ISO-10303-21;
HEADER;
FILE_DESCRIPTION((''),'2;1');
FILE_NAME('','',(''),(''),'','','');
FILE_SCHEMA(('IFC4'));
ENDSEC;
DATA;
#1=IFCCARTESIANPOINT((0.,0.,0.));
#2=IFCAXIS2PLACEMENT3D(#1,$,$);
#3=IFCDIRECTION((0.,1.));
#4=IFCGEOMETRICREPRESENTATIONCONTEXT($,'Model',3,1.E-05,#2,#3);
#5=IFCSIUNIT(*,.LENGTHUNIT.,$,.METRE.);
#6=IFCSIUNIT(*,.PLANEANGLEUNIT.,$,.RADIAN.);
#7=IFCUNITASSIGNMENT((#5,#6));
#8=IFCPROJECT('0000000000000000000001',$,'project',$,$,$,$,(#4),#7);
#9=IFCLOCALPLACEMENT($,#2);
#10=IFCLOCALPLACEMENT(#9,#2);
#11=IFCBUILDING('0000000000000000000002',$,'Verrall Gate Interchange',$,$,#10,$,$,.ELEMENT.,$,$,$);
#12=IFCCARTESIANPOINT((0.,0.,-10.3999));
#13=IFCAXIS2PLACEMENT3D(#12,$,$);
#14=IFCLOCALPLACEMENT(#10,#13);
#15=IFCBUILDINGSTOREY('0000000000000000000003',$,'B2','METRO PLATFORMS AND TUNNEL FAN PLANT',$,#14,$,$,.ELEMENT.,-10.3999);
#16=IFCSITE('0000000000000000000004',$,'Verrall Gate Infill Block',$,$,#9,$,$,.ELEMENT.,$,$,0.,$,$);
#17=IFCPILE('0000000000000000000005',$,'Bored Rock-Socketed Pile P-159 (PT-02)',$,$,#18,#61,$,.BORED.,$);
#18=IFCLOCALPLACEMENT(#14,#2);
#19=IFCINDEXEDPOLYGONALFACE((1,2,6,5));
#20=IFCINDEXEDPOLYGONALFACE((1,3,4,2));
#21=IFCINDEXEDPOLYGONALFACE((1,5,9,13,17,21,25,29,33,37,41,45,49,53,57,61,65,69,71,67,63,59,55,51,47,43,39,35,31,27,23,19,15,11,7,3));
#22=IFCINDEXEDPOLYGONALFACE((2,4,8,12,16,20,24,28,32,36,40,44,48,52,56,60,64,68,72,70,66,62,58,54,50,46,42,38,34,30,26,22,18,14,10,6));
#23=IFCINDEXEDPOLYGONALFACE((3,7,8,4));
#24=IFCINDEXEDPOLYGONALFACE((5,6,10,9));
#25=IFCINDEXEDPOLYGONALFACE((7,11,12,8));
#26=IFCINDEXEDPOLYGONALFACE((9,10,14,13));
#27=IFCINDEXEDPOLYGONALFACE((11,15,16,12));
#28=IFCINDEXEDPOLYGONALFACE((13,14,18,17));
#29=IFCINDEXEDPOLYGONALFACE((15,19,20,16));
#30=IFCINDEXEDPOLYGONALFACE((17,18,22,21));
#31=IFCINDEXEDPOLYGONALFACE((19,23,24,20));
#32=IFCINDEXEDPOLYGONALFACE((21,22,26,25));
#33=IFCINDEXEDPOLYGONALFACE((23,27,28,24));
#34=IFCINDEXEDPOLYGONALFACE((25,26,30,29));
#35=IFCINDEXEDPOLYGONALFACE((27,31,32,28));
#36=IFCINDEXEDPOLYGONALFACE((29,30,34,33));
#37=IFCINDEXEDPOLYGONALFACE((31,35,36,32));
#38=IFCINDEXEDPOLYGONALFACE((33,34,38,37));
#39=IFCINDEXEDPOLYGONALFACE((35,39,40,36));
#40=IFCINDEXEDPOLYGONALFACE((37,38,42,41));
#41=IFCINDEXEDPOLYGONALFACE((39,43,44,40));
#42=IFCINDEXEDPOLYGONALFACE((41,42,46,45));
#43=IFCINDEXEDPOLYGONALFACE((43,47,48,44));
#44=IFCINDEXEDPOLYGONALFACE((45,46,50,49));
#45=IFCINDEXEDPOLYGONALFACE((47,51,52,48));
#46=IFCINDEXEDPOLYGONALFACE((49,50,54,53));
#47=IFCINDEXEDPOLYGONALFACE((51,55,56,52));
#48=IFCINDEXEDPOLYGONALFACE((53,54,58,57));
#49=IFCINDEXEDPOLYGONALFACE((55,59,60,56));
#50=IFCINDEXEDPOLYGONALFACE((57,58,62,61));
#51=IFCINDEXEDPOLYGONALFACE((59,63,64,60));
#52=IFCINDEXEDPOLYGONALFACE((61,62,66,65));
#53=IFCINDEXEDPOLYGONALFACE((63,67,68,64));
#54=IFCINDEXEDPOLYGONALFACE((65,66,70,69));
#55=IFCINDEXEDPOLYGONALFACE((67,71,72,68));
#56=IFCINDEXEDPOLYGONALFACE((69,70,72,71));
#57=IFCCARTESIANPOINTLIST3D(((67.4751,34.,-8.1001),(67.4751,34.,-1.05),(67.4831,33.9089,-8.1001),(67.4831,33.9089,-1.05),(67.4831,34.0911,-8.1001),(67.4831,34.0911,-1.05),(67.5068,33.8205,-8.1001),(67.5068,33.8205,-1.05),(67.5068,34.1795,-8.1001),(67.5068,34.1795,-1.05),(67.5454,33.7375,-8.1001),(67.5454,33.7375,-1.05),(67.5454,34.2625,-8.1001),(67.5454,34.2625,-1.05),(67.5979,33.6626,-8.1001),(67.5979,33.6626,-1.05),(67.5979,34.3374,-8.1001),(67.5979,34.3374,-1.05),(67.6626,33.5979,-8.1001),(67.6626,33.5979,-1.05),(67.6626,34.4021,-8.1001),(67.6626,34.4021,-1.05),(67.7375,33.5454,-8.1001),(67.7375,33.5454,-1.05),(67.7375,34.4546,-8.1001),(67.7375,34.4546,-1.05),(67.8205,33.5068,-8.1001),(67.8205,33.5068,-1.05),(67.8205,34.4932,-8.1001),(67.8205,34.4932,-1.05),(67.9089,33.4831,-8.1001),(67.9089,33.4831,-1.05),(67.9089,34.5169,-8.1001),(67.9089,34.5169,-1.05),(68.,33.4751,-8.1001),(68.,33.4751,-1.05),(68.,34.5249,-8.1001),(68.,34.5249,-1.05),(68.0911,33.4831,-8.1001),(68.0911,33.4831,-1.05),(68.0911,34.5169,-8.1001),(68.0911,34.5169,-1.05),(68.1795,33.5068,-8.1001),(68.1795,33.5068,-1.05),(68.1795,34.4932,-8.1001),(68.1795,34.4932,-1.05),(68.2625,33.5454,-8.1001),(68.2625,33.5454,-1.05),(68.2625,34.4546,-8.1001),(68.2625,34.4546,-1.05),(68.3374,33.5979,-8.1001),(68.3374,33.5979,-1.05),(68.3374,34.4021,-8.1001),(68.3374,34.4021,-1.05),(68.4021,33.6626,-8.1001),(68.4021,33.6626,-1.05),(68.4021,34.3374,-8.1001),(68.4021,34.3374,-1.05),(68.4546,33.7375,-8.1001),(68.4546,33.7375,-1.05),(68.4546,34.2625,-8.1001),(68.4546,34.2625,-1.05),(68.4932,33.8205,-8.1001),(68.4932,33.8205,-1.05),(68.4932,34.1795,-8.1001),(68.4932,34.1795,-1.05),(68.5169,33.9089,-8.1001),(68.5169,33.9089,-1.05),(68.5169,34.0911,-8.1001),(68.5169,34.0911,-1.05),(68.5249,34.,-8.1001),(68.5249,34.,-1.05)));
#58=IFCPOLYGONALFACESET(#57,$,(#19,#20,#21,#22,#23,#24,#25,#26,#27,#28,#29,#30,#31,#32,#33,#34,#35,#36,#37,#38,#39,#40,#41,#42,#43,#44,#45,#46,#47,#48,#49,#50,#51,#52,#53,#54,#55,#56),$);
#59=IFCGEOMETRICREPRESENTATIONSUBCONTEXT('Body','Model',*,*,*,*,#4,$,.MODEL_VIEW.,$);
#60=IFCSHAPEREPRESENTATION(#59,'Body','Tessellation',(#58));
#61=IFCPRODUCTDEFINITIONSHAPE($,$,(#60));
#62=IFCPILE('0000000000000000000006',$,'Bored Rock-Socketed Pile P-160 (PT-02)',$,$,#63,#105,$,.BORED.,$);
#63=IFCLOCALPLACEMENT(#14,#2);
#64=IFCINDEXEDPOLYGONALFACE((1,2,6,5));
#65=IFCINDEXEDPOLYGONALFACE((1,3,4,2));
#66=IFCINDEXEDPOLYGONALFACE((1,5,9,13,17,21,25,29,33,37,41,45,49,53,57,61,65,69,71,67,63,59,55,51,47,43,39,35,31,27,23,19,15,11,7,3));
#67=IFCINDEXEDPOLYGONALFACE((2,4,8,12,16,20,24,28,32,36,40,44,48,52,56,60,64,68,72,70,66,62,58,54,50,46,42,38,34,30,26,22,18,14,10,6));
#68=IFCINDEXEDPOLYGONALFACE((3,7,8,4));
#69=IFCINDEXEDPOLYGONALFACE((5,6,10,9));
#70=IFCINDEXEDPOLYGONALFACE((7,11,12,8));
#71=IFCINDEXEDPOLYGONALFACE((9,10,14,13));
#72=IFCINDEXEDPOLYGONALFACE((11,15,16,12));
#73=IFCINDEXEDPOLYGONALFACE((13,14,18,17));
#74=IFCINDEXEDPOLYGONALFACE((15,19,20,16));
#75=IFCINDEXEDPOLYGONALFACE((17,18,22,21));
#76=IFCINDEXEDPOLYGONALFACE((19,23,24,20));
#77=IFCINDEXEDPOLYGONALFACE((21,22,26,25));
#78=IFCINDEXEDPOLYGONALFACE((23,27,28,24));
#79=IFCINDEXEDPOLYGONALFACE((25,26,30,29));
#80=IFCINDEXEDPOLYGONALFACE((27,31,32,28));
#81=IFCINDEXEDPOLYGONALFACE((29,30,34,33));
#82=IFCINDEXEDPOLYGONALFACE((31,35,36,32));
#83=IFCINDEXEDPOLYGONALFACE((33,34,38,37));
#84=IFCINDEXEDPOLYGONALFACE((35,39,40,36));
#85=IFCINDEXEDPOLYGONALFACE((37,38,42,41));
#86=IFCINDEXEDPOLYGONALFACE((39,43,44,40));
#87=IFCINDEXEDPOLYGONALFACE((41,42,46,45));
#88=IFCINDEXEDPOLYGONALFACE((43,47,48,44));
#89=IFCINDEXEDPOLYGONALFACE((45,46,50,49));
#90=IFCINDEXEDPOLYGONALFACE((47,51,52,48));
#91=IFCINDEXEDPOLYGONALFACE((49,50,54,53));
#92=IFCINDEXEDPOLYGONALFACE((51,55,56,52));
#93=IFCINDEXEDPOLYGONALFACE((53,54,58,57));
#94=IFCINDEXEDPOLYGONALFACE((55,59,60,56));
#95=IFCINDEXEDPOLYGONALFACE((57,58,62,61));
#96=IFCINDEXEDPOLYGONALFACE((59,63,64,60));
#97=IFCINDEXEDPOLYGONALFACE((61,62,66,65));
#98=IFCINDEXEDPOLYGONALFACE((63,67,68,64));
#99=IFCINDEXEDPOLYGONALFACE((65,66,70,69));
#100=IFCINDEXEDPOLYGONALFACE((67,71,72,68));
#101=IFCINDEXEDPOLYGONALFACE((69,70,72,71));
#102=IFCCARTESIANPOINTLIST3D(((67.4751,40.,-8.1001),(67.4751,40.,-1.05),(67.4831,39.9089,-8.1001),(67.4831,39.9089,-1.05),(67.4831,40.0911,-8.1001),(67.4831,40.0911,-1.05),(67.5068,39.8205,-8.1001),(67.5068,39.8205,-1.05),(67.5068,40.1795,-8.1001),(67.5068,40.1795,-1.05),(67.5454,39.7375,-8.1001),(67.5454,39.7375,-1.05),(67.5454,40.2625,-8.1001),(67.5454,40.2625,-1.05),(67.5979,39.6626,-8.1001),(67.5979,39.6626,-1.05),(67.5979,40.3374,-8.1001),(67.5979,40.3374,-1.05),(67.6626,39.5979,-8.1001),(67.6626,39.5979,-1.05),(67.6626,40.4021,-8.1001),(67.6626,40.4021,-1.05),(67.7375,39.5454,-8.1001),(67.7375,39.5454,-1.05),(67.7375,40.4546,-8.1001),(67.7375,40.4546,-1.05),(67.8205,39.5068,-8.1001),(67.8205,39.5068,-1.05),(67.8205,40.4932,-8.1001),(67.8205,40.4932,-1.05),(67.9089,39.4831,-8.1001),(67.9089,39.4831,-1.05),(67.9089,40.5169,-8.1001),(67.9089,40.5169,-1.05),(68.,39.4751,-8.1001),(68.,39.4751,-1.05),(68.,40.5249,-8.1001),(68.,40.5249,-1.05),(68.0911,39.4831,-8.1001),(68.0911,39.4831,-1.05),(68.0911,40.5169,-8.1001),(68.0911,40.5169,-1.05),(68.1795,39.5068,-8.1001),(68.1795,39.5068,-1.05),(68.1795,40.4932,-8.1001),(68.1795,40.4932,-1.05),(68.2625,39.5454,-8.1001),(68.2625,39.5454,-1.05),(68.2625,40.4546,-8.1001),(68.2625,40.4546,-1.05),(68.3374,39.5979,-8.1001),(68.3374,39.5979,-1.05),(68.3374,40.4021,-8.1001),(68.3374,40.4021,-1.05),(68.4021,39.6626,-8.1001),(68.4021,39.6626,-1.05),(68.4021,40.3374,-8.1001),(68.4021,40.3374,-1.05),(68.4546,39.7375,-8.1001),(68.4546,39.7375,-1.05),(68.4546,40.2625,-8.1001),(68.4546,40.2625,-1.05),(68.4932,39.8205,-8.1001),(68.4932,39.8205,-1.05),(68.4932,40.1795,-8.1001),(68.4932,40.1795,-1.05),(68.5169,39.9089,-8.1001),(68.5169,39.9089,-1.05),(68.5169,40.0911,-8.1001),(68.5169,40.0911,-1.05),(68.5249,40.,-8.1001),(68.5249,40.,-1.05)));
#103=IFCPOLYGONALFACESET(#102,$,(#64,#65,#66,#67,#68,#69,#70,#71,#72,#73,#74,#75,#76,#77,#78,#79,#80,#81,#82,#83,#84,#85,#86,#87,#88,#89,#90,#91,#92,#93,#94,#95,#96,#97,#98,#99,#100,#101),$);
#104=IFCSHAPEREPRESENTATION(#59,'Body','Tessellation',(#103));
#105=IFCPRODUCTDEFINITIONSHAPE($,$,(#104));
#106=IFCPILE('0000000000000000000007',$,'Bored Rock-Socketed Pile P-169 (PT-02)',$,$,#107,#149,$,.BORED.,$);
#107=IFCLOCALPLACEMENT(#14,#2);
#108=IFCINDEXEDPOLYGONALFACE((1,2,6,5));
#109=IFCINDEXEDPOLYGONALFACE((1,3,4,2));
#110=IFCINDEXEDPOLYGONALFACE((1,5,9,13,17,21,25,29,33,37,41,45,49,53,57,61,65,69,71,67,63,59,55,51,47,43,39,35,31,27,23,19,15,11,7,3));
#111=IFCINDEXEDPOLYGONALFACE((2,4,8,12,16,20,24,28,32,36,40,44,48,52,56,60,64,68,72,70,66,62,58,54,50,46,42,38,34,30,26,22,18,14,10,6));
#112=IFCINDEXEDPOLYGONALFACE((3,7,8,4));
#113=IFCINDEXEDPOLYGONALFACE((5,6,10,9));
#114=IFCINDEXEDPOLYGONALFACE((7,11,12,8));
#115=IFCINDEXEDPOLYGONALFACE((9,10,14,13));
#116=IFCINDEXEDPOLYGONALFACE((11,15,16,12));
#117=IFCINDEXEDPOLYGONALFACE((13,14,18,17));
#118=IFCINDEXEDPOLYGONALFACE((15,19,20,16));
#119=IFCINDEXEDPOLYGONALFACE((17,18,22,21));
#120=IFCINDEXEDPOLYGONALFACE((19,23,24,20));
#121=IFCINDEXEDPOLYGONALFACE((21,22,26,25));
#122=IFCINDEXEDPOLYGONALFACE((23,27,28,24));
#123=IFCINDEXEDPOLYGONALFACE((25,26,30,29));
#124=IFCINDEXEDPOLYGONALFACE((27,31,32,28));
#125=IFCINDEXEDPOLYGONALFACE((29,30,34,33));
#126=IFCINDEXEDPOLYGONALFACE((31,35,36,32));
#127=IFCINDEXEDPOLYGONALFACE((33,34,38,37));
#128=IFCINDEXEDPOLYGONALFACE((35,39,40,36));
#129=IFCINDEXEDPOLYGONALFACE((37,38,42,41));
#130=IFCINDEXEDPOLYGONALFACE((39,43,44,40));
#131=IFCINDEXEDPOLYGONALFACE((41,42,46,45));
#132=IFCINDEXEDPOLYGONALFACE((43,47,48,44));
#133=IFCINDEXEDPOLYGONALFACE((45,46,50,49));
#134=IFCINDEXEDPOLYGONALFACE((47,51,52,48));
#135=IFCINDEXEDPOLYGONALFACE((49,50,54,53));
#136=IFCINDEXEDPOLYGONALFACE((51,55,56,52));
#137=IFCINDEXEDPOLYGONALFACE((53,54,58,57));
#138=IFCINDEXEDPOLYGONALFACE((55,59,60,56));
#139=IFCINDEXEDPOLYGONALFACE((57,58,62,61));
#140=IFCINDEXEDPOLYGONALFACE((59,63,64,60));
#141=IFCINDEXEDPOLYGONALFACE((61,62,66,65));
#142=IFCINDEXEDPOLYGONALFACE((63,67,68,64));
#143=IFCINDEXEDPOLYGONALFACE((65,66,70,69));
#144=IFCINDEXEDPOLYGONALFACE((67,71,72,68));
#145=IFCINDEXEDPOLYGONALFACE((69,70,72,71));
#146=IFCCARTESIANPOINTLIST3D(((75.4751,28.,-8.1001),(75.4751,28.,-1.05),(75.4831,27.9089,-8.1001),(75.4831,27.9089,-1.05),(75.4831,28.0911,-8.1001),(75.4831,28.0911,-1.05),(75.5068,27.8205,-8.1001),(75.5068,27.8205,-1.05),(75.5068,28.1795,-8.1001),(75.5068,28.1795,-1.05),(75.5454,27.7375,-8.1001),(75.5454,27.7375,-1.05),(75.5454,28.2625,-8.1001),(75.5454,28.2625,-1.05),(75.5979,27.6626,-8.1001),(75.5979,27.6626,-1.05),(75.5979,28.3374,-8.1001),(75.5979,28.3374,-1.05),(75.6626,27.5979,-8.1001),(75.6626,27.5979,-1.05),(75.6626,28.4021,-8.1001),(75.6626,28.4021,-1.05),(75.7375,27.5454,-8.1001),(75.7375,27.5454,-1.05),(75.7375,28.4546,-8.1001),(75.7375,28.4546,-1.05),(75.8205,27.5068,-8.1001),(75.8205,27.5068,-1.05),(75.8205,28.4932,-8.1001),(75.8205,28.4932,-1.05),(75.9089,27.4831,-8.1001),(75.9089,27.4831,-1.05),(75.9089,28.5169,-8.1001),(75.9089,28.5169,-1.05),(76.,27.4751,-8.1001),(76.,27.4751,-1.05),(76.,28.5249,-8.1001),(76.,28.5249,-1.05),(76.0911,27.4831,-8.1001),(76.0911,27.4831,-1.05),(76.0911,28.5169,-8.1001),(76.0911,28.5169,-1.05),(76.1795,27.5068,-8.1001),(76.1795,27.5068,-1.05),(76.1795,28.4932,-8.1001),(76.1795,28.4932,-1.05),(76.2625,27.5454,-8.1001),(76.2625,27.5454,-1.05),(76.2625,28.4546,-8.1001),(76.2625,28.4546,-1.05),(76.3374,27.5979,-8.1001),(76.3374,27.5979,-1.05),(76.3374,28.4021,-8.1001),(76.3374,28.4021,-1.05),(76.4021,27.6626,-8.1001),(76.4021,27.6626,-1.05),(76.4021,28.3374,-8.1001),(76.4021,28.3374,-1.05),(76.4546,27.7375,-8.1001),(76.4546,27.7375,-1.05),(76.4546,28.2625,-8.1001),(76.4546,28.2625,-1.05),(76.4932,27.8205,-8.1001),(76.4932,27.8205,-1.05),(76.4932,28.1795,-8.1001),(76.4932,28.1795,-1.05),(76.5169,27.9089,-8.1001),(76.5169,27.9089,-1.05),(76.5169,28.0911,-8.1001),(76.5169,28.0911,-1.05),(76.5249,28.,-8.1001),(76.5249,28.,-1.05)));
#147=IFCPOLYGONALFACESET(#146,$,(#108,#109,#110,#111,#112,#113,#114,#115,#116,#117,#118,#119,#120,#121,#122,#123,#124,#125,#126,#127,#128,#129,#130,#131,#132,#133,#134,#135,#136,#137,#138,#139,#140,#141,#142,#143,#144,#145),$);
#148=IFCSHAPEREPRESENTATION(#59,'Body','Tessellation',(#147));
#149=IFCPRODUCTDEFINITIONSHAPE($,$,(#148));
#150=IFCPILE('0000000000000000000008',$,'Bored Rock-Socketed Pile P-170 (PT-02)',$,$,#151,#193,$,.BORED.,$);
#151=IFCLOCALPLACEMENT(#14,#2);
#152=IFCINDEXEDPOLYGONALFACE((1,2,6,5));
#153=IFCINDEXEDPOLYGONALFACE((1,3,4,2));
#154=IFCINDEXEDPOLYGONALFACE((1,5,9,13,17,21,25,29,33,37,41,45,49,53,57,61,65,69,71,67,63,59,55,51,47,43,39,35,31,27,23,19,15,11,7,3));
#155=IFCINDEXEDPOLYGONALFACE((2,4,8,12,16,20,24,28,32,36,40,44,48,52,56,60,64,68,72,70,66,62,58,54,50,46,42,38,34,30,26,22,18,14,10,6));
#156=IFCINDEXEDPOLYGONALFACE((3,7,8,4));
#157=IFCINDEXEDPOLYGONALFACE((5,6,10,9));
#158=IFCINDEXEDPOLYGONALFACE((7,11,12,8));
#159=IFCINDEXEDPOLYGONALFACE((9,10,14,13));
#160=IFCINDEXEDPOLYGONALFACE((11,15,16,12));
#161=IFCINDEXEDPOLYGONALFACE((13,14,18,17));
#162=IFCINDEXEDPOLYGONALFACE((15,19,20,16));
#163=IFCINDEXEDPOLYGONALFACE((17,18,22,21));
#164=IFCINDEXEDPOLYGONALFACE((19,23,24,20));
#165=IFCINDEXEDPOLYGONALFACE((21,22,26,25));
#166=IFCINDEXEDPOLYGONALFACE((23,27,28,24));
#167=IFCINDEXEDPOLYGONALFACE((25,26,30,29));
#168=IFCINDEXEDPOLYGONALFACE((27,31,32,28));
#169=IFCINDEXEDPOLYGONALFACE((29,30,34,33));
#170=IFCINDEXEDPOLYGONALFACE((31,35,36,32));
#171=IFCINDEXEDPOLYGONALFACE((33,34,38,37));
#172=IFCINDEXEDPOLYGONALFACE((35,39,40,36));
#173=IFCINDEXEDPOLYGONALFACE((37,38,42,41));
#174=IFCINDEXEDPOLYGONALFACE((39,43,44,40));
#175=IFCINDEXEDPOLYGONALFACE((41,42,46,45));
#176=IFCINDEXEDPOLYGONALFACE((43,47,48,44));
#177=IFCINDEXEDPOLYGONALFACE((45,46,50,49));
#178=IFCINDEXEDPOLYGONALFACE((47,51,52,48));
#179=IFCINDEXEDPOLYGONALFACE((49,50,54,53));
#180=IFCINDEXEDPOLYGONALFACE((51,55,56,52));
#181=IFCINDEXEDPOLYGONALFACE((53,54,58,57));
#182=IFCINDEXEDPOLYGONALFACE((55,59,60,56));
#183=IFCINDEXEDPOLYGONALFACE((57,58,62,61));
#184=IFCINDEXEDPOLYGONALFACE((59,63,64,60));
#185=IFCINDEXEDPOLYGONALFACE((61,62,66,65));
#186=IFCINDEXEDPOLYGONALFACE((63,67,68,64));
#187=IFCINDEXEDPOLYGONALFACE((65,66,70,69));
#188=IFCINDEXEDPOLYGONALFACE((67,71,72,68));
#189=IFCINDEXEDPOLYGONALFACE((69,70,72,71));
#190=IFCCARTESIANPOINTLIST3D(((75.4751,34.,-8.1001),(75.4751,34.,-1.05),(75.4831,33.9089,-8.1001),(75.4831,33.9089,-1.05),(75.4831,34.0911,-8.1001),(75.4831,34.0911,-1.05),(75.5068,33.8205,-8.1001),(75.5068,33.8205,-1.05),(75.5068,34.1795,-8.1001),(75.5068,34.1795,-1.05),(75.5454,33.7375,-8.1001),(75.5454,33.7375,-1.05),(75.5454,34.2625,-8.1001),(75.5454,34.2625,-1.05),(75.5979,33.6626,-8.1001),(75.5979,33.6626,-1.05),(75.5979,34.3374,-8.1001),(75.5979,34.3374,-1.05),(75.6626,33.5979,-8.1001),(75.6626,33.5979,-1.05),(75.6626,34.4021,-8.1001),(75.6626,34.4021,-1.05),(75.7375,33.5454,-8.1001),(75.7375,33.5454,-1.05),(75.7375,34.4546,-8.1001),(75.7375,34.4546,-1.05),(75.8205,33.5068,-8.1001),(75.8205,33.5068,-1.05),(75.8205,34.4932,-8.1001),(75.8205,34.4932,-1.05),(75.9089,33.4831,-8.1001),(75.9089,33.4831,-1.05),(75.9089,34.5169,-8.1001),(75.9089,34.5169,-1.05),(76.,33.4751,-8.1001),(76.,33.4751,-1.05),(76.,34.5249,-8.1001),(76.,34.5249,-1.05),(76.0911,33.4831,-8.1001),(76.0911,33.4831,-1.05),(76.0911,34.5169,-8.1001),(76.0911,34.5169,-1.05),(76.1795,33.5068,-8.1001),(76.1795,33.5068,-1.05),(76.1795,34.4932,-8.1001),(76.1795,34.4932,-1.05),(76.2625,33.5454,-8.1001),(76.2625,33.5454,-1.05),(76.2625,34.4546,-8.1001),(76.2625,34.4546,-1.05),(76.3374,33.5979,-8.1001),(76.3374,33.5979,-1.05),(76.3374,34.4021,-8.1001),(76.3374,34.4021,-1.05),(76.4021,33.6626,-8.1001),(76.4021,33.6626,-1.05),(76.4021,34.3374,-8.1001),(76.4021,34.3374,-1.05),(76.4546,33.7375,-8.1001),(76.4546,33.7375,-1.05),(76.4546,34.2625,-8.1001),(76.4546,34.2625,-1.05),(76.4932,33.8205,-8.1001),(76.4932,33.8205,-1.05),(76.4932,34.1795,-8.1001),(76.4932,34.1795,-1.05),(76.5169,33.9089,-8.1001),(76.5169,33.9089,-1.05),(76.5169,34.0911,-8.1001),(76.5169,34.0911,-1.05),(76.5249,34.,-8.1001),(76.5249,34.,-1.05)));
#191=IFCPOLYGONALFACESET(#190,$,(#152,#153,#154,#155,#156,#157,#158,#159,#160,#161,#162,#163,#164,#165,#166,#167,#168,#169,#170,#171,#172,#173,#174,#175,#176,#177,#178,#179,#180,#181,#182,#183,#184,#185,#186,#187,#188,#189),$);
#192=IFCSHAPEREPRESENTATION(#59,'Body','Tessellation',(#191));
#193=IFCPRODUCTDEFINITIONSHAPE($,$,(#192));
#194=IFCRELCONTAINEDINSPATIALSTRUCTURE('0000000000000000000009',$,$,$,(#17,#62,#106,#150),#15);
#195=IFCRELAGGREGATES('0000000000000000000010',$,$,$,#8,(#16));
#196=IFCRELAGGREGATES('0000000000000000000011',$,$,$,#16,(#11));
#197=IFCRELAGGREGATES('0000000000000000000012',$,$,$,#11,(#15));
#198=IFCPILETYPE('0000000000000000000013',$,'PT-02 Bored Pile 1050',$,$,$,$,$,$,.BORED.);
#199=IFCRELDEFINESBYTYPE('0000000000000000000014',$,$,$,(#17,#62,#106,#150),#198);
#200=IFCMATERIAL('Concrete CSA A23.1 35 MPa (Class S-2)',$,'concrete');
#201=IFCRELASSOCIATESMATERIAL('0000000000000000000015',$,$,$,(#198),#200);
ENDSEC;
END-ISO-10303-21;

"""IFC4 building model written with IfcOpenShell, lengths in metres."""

from ifc_helpers import new_model, si_unit, direction, frame, origin, origin_2d, place, context, subcontext, project, spatial, circle, extrude, material, material_profile, profile_set, type_object, element, save


model = new_model("IFC4")

# Units and contexts
model_context = context("Model", 3, precision=1e-05, world=origin(), true_north=direction((0.0, 1.0)))
body_context = subcontext(model_context, "Body", "Model", "MODEL_VIEW")
ifc_project = project(units=[si_unit("LENGTHUNIT", "METRE"), si_unit("PLANEANGLEUNIT", "RADIAN")], contexts=[model_context])

# Site, building, storey
site_placement = place(None, origin())
site = spatial("IfcSite", under=ifc_project, at=site_placement, Name="Verrall Gate Infill Block", CompositionType="ELEMENT", RefElevation=0.0)
building_placement = place(site_placement, origin())
building = spatial("IfcBuilding", under=site, at=building_placement, Name="Verrall Gate Interchange", CompositionType="ELEMENT")
storey_placement = place(building_placement, frame((0.0, 0.0, -10.3999)))
storey = spatial("IfcBuildingStorey", under=building, at=storey_placement, Name="B2", Description="METRO PLATFORMS AND TUNNEL FAN PLANT", CompositionType="ELEMENT", Elevation=-10.3999)

# Piles
ifc_material_1 = material(Name="Concrete CSA A23.1 35 MPa (Class S-2)", Category="concrete")
ifc_material_profile_1 = material_profile(ifc_material_1, circle(Radius=0.5249, at=origin_2d()), Name="PILE1050D")
ifc_profile_set_1 = profile_set([ifc_material_profile_1], Name="Concrete CSA A23.1 35 MPa (Class S-2)")
pile_type = type_object("IfcPileType", Name="PT-02 Bored Pile 1050", PredefinedType="BORED", material=ifc_profile_set_1)
for number, where, z_axis, x_axis, name in (
    (1, (68.0, 34.0, -1.05), (0.0, 0.0, -1.0), (1.0, 0.0, 0.0), "Bored Rock-Socketed Pile P-159 (PT-02)"),
    (2, (68.0, 40.0, -1.05), (0.0, 0.0, -1.0), (1.0, 0.0, 0.0), "Bored Rock-Socketed Pile P-160 (PT-02)"),
    (3, (76.0, 28.0, -1.05), (0.0, 0.0, -1.0), (1.0, 0.0, 0.0), "Bored Rock-Socketed Pile P-169 (PT-02)"),
    (4, (76.0, 34.0, -1.05), (0.0, 0.0, -1.0), (1.0, 0.0, 0.0), "Bored Rock-Socketed Pile P-170 (PT-02)"),
):
    element("IfcPile", number, at=place(storey_placement, frame(where, z_axis=z_axis, x_axis=x_axis)), inside=storey, type_object=pile_type, Name=name, PredefinedType="BORED", context=body_context, shape_type="SweptSolid", body=[
        extrude(circle(Radius=0.5249, at=origin_2d()), origin(), (0.0, 0.0, 1.0), 7.05),
    ])

save(model, "model.ifc")
